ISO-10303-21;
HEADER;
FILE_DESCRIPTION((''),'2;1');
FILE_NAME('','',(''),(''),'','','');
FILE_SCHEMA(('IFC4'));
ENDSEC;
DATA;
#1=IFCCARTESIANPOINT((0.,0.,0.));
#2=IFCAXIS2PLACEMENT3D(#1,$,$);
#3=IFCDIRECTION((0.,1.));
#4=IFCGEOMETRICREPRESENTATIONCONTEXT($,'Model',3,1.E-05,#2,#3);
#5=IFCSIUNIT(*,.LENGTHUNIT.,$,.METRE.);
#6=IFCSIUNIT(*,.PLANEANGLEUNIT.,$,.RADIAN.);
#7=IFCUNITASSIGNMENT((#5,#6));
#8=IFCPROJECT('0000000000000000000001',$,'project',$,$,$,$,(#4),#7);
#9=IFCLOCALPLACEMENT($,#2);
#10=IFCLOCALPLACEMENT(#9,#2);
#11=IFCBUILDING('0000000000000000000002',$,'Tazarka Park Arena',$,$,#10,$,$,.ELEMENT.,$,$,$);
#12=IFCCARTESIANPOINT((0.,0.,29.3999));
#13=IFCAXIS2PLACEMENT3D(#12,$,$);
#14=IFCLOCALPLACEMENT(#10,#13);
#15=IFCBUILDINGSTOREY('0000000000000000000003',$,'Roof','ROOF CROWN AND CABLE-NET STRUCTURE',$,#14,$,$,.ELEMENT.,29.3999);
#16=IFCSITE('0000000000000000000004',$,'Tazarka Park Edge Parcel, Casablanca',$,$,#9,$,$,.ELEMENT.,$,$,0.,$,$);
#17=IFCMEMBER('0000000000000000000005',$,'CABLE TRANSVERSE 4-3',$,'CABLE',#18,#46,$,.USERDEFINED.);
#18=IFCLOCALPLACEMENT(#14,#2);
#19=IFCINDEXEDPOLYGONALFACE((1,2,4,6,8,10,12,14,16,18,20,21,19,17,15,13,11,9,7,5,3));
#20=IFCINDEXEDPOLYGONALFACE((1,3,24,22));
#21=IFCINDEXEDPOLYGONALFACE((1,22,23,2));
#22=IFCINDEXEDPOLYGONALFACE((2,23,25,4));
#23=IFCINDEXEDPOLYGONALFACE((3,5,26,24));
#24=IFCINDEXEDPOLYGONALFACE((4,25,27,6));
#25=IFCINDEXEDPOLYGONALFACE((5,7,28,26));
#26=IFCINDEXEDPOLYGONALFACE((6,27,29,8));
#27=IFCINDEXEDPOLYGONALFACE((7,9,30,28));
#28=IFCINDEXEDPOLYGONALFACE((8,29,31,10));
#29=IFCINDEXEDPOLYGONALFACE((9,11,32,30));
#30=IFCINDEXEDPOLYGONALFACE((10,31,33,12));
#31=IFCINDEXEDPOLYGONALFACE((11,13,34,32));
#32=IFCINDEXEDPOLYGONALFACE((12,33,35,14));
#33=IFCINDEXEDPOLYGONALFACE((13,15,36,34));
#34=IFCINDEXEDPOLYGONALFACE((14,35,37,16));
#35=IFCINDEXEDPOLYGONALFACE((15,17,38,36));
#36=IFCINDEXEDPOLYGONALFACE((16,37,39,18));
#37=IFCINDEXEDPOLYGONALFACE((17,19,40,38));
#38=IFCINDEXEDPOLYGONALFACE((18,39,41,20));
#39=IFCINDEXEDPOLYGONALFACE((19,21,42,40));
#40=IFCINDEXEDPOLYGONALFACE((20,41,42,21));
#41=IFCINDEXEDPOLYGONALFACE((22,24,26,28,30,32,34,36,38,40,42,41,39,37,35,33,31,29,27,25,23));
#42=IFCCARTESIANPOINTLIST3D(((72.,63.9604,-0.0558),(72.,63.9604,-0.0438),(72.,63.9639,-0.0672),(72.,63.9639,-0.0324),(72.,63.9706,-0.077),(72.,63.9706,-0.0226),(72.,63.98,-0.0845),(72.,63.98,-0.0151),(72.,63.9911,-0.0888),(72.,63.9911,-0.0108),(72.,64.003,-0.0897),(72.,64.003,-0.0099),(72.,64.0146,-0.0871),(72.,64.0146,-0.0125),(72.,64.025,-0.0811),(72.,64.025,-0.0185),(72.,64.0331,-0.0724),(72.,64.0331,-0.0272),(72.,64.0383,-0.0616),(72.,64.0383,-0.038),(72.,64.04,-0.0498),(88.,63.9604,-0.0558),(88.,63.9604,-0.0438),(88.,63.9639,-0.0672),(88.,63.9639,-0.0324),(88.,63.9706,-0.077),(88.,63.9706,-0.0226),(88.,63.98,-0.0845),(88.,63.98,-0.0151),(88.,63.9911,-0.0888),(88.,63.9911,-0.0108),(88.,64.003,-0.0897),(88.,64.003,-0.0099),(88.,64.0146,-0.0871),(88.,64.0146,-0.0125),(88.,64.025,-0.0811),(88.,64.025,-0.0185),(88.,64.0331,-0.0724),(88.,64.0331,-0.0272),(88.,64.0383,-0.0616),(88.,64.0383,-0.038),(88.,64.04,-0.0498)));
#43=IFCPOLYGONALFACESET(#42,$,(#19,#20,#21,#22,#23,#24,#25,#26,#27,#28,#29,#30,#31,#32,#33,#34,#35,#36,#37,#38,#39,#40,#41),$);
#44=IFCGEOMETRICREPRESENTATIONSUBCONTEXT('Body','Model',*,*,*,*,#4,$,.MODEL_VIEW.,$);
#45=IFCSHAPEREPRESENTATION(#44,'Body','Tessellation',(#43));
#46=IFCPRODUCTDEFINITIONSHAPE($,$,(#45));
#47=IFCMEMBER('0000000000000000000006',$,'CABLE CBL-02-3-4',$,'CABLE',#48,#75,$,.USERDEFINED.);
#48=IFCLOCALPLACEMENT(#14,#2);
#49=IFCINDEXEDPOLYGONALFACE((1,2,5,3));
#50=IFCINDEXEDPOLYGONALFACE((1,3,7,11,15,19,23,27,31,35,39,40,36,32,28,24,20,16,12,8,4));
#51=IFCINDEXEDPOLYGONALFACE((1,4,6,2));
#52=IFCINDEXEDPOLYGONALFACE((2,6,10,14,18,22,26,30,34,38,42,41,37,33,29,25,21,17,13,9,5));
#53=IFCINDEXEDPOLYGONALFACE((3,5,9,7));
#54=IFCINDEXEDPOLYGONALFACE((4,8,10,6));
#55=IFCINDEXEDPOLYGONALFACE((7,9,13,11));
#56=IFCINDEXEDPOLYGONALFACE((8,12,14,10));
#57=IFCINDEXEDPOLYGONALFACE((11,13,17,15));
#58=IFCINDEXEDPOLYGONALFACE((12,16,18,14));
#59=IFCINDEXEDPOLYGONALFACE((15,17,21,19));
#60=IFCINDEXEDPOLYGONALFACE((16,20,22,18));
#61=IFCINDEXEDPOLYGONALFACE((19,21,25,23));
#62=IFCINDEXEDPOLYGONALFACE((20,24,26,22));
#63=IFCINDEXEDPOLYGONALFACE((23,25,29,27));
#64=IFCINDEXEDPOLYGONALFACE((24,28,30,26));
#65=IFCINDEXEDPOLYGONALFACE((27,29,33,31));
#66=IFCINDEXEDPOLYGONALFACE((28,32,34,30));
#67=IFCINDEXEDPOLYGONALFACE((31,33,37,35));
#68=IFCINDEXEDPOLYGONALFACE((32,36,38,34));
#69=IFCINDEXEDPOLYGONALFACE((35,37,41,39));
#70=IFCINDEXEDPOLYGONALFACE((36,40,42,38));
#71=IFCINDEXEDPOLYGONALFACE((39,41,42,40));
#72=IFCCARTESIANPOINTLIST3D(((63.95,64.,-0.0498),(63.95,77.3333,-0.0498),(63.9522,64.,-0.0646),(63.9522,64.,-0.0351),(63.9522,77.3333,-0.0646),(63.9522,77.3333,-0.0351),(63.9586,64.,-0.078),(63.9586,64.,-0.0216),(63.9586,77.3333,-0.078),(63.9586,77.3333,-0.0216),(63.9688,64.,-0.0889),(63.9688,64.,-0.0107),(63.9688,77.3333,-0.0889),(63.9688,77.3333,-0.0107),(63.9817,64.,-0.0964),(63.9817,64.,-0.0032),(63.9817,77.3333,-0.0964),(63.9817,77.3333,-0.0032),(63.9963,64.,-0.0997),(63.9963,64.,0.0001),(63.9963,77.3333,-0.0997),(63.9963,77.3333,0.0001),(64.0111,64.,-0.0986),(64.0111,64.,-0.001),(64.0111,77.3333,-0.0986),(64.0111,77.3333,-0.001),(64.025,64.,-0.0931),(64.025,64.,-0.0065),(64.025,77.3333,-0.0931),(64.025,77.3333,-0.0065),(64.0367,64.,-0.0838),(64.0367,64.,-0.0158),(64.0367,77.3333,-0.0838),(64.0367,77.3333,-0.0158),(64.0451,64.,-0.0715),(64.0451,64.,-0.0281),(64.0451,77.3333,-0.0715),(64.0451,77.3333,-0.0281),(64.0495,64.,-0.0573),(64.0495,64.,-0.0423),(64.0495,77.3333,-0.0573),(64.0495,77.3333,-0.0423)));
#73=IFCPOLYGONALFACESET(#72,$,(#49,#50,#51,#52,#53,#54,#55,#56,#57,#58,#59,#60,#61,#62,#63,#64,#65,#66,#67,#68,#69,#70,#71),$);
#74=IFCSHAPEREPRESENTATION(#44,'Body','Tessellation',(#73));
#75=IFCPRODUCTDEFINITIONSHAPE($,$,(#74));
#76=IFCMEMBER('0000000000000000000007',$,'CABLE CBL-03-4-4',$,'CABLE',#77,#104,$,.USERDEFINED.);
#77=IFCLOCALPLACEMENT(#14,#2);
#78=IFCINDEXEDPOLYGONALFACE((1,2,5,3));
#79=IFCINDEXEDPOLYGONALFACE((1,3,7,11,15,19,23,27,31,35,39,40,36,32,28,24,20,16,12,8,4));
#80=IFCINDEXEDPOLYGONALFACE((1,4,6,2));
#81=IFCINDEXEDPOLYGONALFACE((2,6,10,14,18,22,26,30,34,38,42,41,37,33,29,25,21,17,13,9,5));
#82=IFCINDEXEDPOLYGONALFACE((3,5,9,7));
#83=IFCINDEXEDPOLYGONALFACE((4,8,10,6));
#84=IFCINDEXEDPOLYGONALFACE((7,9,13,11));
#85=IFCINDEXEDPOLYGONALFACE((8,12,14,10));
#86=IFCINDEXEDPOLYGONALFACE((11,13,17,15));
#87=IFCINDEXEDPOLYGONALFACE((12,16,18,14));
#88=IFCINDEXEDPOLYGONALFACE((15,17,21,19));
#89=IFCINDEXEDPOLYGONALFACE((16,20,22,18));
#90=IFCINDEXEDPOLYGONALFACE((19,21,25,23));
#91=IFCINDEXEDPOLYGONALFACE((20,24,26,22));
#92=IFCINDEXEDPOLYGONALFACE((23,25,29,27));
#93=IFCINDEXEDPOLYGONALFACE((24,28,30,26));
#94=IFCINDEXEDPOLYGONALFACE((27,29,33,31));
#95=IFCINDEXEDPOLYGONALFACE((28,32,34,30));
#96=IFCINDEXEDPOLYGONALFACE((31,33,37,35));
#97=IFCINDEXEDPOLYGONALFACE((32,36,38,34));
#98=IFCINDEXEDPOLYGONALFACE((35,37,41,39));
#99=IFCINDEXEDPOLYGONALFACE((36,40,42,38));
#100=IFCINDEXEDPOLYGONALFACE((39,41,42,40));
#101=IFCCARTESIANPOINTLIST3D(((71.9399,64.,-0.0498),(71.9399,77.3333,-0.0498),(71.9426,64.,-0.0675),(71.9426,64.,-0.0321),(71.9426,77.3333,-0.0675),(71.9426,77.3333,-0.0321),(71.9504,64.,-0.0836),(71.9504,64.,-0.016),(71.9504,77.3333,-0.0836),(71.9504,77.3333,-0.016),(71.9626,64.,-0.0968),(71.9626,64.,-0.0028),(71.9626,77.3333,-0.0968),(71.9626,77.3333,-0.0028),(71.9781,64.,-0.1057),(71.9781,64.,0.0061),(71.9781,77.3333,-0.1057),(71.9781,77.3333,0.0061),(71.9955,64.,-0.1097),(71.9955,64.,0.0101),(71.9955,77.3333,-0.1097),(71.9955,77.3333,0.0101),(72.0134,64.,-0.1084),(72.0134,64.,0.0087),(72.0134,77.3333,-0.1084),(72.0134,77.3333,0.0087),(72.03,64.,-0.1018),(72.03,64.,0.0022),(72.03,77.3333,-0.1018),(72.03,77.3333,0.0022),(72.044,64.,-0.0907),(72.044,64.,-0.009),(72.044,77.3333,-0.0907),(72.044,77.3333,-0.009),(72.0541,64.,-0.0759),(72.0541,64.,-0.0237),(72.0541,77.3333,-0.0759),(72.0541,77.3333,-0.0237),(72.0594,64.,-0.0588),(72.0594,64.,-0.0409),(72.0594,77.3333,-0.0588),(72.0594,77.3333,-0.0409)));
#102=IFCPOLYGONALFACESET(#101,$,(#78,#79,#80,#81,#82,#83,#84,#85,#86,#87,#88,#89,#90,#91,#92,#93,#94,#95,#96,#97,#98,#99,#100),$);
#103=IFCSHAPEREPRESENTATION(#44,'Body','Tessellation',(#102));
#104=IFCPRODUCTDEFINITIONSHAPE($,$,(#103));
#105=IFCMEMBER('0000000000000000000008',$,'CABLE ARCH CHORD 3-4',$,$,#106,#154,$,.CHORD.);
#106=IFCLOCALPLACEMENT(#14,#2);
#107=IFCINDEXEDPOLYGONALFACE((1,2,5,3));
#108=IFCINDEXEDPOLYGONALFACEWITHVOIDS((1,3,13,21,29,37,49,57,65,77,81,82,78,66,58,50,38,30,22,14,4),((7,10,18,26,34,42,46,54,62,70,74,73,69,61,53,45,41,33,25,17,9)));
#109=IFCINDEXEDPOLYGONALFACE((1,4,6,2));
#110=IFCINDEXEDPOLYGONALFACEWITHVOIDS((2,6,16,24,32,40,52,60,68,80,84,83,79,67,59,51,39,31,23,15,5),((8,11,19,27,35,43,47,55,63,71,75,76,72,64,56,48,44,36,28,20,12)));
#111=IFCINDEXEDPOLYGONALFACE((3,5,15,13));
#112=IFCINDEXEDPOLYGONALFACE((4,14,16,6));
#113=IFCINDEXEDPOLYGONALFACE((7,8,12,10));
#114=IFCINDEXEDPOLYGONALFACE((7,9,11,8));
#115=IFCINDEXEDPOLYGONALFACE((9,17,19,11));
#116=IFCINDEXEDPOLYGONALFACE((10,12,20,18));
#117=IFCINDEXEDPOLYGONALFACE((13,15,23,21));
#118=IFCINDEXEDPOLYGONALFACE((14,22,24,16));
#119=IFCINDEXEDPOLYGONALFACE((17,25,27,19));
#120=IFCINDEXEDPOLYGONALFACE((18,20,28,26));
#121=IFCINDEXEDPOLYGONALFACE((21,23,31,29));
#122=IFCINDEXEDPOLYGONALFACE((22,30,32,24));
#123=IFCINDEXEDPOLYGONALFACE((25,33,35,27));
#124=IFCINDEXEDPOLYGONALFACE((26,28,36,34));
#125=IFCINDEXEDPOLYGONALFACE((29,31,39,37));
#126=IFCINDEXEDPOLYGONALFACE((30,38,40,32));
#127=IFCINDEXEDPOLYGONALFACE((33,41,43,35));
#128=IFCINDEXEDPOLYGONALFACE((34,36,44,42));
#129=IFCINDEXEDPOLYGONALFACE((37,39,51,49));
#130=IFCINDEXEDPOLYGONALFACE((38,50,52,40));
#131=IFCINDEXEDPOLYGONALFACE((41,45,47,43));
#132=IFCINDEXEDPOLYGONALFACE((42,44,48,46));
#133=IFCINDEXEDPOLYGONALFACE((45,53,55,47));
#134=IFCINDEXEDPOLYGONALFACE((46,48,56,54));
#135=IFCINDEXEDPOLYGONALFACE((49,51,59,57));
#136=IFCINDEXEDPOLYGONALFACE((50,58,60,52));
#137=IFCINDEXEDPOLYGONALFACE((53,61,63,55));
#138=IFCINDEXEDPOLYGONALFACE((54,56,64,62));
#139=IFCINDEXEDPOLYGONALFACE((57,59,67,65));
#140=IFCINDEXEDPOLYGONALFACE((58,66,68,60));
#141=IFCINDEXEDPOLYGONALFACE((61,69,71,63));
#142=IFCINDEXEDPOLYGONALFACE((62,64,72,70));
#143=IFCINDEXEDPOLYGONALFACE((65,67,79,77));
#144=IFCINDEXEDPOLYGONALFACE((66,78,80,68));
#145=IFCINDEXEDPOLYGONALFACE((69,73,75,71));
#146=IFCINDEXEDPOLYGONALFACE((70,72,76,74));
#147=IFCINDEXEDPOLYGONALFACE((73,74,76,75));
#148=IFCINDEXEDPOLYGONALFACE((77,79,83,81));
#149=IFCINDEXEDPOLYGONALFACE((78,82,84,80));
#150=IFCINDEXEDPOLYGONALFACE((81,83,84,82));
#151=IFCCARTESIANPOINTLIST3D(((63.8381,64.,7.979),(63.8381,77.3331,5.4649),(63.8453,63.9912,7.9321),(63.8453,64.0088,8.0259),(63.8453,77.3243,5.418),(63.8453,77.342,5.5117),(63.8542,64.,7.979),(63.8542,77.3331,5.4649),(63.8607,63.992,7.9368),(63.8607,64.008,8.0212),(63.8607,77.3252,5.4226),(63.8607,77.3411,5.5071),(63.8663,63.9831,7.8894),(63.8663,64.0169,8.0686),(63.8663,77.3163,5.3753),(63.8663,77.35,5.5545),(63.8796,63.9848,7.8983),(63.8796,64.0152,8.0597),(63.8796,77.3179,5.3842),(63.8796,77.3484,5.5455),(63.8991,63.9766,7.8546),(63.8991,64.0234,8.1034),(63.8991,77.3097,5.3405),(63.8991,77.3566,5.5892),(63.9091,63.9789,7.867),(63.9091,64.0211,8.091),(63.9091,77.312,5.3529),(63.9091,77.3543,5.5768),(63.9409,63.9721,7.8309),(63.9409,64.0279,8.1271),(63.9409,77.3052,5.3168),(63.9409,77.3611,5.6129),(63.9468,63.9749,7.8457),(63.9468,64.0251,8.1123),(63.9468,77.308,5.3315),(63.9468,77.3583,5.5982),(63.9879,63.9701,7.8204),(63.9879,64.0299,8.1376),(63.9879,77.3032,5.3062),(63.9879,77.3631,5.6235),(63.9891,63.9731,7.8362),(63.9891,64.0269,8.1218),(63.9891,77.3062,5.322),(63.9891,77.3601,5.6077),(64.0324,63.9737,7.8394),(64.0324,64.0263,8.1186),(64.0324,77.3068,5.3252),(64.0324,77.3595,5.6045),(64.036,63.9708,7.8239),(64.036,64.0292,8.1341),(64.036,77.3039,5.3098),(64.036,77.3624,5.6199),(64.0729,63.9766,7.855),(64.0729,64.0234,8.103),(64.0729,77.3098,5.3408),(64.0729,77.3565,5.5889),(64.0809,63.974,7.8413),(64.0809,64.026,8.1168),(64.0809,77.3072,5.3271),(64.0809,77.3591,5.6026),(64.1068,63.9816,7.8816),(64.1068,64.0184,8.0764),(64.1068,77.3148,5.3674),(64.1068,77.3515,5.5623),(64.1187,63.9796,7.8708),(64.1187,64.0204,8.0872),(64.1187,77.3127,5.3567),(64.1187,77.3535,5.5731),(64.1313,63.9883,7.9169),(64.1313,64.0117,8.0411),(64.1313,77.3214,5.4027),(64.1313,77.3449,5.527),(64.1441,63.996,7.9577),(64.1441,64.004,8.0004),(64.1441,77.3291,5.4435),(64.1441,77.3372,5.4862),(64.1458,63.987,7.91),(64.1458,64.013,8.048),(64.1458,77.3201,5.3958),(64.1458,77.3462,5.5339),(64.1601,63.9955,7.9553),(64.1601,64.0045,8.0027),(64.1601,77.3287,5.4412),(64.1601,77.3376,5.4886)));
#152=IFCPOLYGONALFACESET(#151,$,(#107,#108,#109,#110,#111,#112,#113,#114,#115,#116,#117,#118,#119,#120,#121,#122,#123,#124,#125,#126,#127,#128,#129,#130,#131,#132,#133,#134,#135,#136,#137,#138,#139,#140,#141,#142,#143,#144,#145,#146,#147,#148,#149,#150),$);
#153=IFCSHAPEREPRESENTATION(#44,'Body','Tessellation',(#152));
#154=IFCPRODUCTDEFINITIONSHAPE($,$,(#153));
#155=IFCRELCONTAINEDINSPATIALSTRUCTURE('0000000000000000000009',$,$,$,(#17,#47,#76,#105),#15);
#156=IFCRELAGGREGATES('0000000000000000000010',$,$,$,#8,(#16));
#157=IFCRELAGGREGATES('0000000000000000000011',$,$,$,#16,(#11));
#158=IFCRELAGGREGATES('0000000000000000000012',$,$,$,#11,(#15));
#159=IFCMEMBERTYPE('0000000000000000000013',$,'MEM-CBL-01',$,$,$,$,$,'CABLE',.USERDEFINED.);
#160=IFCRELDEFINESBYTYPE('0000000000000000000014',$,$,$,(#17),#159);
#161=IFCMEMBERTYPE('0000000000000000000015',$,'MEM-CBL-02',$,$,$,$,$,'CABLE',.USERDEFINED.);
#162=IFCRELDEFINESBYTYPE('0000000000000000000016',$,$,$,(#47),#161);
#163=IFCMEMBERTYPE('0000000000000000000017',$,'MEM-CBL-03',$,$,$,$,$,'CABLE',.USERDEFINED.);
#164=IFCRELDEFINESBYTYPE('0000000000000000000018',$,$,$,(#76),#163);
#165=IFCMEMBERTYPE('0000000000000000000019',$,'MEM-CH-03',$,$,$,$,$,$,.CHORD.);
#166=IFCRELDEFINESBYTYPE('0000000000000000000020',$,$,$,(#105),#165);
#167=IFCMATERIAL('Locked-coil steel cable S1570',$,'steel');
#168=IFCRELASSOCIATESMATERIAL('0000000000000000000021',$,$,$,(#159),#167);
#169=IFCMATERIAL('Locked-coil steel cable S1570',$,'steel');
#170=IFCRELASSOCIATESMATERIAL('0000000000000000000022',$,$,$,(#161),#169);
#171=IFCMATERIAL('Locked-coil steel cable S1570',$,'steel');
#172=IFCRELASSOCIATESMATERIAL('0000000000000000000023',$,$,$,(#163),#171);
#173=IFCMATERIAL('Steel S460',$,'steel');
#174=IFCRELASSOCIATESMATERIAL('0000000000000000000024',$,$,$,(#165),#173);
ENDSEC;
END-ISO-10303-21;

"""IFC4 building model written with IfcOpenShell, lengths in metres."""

from ifc_helpers import new_model, si_unit, direction, frame, origin, origin_2d, place, context, subcontext, project, spatial, circle, hollow_circle, extrude, material, material_profile, profile_set, type_object, element, save


model = new_model("IFC4")

# Units and contexts
model_context = context("Model", 3, precision=1e-05, world=origin(), true_north=direction((0.0, 1.0)))
body_context = subcontext(model_context, "Body", "Model", "MODEL_VIEW")
ifc_project = project(units=[si_unit("LENGTHUNIT", "METRE"), si_unit("PLANEANGLEUNIT", "RADIAN")], contexts=[model_context])

# Site, building, storey
site_placement = place(None, origin())
site = spatial("IfcSite", under=ifc_project, at=site_placement, Name="Tazarka Park Edge Parcel, Casablanca", CompositionType="ELEMENT", RefElevation=0.0)
building_placement = place(site_placement, origin())
building = spatial("IfcBuilding", under=site, at=building_placement, Name="Tazarka Park Arena", CompositionType="ELEMENT")
storey_placement = place(building_placement, frame((0.0, 0.0, 29.3999)))
storey = spatial("IfcBuildingStorey", under=building, at=storey_placement, Name="Roof", Description="ROOF CROWN AND CABLE-NET STRUCTURE", CompositionType="ELEMENT", Elevation=29.3999)

# Members
ifc_material_1 = material(Name="Locked-coil steel cable S1570", Category="steel")
ifc_material_profile_1 = material_profile(ifc_material_1, circle(Radius=0.04, at=origin_2d()), Name="Locked-coil steel cable S1570")
ifc_profile_set_1 = profile_set([ifc_material_profile_1], Name="Locked-coil steel cable S1570")
member_type_1 = type_object("IfcMemberType", Name="MEM-CBL-01", ElementType="CABLE", PredefinedType="USERDEFINED", material=ifc_profile_set_1)
member_1_placement = place(storey_placement, frame((72.0, 64.0, -0.0498), z_axis=(1.0, 0.0, 0.0), x_axis=(0.0, 1.0, 0.0)))
element("IfcMember", 1, at=member_1_placement, inside=storey, type_object=member_type_1, Name="CABLE TRANSVERSE 4-3", ObjectType="CABLE", PredefinedType="USERDEFINED", context=body_context, shape_type="SweptSolid", body=[
    extrude(circle(Radius=0.04, at=origin_2d()), origin(), (0.0, 0.0, 1.0), 16.0),
])
ifc_material_2 = material(Name="Locked-coil steel cable S1570", Category="steel")
ifc_material_profile_2 = material_profile(ifc_material_2, circle(Radius=0.05, at=origin_2d()), Name="Locked-coil steel cable S1570")
ifc_profile_set_2 = profile_set([ifc_material_profile_2], Name="Locked-coil steel cable S1570")
member_type_2 = type_object("IfcMemberType", Name="MEM-CBL-02", ElementType="CABLE", PredefinedType="USERDEFINED", material=ifc_profile_set_2)
member_2_placement = place(storey_placement, frame((64.0, 64.0, -0.0498), z_axis=(0.0, 1.0, 0.0), x_axis=(-1.0, 0.0, 0.0)))
element("IfcMember", 2, at=member_2_placement, inside=storey, type_object=member_type_2, Name="CABLE CBL-02-3-4", ObjectType="CABLE", PredefinedType="USERDEFINED", context=body_context, shape_type="SweptSolid", body=[
    extrude(circle(Radius=0.05, at=origin_2d()), origin(), (0.0, 0.0, 1.0), 13.3333),
])
ifc_material_3 = material(Name="Locked-coil steel cable S1570", Category="steel")
ifc_material_profile_3 = material_profile(ifc_material_3, circle(Radius=0.0601, at=origin_2d()), Name="Locked-coil steel cable S1570")
ifc_profile_set_3 = profile_set([ifc_material_profile_3], Name="Locked-coil steel cable S1570")
member_type_3 = type_object("IfcMemberType", Name="MEM-CBL-03", ElementType="CABLE", PredefinedType="USERDEFINED", material=ifc_profile_set_3)
member_3_placement = place(storey_placement, frame((72.0, 64.0, -0.0498), z_axis=(0.0, 1.0, 0.0), x_axis=(-1.0, 0.0, 0.0)))
element("IfcMember", 3, at=member_3_placement, inside=storey, type_object=member_type_3, Name="CABLE CBL-03-4-4", ObjectType="CABLE", PredefinedType="USERDEFINED", context=body_context, shape_type="SweptSolid", body=[
    extrude(circle(Radius=0.0601, at=origin_2d()), origin(), (0.0, 0.0, 1.0), 13.3333),
])
ifc_material_4 = material(Name="Steel S460", Category="steel")
ifc_material_profile_4 = material_profile(ifc_material_4, hollow_circle(Radius=0.1619, WallThickness=0.0161, at=origin_2d()), Name="Steel S460")
ifc_profile_set_4 = profile_set([ifc_material_profile_4], Name="Steel S460")
member_type_4 = type_object("IfcMemberType", Name="MEM-CH-03", PredefinedType="CHORD", material=ifc_profile_set_4)
for number, where, z_axis, x_axis, name in (
    (4, (64.0, 64.0, 7.979), (0.0, 0.982682, -0.185298), (-1.0, 0.0, 0.0), "CABLE ARCH CHORD 3-4"),
):
    element("IfcMember", number, at=place(storey_placement, frame(where, z_axis=z_axis, x_axis=x_axis)), inside=storey, type_object=member_type_4, Name=name, PredefinedType="CHORD", context=body_context, shape_type="SweptSolid", body=[
        extrude(hollow_circle(Radius=0.1619, WallThickness=0.0161, at=origin_2d()), origin(), (0.0, 0.0, 1.0), 13.5681),
    ])

save(model, "model.ifc")
